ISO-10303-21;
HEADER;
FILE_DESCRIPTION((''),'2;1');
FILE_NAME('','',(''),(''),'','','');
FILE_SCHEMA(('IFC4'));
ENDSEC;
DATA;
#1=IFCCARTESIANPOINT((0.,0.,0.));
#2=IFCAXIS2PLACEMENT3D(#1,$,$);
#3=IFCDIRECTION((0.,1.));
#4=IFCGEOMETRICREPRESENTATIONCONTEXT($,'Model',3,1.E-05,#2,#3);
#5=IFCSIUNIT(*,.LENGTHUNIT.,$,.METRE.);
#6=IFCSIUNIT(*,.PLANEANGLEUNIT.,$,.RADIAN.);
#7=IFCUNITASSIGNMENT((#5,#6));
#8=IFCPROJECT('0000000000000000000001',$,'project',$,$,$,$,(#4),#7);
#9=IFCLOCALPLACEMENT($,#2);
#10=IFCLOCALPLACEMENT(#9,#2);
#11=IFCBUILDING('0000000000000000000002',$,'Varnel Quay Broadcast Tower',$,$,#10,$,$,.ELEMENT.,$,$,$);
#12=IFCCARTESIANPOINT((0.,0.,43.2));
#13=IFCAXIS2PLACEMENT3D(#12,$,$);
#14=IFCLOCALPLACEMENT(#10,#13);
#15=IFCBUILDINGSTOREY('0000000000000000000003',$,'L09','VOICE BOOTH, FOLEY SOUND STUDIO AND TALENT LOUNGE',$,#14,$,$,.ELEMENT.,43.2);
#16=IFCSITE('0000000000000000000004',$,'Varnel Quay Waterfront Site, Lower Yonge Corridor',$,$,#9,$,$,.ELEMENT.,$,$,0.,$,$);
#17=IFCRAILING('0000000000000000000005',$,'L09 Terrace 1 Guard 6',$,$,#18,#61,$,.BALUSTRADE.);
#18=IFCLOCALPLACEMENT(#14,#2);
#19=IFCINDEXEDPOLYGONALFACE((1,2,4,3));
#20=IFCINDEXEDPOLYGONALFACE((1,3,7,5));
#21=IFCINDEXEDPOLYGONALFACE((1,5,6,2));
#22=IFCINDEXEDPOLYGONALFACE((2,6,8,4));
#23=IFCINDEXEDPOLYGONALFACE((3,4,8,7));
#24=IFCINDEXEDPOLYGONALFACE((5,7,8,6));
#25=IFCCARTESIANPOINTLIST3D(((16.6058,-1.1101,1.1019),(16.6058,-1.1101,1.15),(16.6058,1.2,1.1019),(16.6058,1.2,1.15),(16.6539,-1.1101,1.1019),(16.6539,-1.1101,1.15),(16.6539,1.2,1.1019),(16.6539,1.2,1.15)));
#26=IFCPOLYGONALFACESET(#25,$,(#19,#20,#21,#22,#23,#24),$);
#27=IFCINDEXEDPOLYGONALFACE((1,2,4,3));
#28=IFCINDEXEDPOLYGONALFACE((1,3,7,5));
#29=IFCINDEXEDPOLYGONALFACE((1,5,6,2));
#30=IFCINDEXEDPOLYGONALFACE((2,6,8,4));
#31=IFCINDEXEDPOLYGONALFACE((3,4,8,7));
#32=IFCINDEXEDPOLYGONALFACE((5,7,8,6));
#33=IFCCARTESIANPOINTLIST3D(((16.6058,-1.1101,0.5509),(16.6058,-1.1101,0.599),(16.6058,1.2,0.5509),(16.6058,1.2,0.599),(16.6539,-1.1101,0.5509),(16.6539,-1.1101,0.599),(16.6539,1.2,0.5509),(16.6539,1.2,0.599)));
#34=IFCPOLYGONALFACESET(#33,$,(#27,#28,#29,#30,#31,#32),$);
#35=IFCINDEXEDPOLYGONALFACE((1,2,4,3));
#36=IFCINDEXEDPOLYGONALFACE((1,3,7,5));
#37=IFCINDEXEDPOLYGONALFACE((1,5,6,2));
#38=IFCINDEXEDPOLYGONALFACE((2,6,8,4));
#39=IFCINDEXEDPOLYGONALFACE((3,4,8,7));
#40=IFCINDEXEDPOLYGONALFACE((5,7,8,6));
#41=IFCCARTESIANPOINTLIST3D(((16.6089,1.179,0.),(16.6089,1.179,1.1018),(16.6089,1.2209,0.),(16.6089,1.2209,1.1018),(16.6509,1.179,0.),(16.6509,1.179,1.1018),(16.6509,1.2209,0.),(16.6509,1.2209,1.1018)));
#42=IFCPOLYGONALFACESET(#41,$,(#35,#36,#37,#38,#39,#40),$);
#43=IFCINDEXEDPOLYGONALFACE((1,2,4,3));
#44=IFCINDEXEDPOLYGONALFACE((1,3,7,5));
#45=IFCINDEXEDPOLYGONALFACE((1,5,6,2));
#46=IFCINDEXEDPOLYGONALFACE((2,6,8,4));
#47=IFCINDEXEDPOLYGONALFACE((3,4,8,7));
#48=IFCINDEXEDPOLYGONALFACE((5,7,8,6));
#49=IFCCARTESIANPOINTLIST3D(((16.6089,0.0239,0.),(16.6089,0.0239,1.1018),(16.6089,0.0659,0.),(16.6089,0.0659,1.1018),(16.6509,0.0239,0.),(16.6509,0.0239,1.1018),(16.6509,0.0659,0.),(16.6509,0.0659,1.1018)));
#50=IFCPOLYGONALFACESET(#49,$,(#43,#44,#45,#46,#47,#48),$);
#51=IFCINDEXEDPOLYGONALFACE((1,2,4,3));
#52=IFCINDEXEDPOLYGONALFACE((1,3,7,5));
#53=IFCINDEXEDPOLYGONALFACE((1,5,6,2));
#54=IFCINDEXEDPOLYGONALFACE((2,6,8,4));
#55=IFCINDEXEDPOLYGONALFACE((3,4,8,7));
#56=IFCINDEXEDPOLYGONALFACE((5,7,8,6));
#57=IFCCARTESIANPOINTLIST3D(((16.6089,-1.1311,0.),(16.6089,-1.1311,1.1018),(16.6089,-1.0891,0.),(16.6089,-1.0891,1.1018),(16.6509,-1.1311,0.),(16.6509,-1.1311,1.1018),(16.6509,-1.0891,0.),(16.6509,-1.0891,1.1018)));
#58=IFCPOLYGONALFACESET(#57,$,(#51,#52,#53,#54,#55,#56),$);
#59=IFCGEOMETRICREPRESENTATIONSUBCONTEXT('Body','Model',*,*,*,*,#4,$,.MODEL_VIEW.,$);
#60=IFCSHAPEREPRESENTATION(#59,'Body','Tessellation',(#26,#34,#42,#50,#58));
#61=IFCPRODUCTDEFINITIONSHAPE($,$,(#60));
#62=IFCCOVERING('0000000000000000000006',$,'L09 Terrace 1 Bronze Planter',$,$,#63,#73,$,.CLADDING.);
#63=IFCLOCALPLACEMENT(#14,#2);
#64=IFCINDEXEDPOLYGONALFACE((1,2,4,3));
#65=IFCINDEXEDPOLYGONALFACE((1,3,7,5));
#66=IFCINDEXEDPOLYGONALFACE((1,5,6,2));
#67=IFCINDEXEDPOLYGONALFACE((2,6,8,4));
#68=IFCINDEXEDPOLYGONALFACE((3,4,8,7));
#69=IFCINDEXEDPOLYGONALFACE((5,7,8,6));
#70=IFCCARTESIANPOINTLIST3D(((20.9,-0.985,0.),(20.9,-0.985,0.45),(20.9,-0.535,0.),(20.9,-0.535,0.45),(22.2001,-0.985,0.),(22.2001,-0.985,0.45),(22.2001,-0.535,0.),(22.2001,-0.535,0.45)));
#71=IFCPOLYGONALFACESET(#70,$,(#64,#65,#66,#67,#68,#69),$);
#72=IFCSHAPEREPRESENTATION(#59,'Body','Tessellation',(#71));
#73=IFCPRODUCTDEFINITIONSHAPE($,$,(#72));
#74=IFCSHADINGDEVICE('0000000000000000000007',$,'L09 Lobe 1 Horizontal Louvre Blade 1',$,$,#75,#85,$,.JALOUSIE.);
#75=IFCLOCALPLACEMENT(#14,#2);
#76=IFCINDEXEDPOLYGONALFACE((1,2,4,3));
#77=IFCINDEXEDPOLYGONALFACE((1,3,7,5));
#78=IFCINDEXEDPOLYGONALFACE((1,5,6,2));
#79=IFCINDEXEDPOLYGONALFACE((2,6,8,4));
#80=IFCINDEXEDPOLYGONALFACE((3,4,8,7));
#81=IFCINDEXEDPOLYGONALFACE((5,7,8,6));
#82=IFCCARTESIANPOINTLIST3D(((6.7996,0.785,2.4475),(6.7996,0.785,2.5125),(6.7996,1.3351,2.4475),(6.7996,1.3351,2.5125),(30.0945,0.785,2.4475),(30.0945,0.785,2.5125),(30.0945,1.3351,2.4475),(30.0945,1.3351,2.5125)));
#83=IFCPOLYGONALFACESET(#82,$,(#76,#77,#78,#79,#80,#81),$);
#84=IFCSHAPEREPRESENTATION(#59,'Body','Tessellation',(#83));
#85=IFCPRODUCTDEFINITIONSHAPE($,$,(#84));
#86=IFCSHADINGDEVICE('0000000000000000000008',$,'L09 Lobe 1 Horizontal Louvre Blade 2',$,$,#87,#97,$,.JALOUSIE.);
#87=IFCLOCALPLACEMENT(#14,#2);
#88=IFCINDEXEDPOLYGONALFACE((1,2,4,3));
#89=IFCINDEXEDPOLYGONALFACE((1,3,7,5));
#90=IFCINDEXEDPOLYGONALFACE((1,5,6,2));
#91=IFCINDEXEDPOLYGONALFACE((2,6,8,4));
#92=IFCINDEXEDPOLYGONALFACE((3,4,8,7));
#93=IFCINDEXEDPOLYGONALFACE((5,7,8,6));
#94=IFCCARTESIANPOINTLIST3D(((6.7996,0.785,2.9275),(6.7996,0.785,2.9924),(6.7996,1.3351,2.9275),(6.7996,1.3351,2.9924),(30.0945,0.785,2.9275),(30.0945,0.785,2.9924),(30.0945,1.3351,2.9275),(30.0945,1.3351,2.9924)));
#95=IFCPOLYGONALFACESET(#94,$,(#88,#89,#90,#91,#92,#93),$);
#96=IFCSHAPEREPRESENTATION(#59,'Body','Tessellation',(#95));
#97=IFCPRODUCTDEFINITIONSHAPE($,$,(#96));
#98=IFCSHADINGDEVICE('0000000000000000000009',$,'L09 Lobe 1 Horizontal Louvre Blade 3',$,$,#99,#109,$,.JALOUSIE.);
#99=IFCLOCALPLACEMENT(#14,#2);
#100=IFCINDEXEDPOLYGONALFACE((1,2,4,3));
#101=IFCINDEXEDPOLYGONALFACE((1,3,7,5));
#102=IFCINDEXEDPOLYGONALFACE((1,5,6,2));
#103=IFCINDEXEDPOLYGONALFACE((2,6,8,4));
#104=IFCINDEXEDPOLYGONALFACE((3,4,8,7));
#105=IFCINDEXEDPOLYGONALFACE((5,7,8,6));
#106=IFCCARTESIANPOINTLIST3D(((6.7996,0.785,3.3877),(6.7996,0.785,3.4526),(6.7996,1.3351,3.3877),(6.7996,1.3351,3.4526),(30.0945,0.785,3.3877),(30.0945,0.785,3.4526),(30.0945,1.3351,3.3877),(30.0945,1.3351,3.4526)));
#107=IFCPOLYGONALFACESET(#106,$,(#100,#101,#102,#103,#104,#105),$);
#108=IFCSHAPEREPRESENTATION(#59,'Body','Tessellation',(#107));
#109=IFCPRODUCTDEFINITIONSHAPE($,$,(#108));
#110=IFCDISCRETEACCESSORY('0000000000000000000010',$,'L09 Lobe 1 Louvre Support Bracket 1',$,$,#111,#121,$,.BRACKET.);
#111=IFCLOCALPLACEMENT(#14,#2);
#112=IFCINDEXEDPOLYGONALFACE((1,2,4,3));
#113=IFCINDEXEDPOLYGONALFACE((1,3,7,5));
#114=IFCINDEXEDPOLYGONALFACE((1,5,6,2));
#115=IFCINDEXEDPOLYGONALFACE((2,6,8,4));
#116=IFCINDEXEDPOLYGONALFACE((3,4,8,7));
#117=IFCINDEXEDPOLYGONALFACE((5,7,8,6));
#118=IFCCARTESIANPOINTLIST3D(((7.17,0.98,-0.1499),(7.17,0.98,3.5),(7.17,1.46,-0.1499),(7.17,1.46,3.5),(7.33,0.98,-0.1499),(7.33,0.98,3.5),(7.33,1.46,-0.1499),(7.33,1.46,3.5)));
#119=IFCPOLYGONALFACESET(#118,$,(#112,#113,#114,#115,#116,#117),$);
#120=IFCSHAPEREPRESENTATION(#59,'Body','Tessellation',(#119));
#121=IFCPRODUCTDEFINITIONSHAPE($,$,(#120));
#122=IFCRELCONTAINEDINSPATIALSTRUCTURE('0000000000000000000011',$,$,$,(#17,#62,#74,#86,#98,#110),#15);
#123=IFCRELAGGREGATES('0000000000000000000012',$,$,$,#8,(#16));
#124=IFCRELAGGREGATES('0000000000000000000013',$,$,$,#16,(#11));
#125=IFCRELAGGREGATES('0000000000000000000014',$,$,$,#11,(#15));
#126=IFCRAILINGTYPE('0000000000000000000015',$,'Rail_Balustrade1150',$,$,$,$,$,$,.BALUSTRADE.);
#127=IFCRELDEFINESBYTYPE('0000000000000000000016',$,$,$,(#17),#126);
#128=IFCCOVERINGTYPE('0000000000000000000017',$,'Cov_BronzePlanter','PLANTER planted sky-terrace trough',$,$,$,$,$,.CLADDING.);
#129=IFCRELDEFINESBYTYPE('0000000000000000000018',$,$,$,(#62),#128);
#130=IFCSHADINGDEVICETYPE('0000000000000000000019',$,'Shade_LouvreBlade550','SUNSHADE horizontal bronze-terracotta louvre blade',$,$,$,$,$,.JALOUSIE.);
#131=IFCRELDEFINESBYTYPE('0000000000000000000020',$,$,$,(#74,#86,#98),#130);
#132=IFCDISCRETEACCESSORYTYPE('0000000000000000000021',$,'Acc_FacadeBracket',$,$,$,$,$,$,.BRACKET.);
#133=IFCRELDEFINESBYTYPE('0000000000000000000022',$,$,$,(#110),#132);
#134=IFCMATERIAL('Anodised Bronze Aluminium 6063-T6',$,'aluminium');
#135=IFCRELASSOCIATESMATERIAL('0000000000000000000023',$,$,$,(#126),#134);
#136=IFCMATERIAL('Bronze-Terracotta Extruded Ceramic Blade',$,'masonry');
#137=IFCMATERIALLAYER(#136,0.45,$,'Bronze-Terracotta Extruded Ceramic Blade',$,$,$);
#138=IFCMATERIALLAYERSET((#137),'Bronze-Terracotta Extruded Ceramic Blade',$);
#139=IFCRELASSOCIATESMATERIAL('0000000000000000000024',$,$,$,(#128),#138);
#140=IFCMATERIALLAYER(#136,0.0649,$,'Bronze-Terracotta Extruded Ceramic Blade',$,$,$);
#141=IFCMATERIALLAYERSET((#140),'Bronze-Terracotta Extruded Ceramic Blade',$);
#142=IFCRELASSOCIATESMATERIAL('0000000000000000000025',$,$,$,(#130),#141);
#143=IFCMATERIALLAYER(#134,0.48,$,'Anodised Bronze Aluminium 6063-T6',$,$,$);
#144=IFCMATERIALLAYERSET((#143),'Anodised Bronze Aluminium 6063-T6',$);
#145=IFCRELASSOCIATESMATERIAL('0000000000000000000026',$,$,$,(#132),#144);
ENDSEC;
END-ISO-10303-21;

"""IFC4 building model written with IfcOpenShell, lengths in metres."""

from ifc_helpers import new_model, si_unit, direction, frame, origin, origin_2d, place, context, subcontext, project, spatial, rectangle, extrude, source, transform, mapped, material, layer, layer_set, type_object, type_shapes, element, save


model = new_model("IFC4")

# Units and contexts
model_context = context("Model", 3, precision=1e-05, world=origin(), true_north=direction((0.0, 1.0)))
body_context = subcontext(model_context, "Body", "Model", "MODEL_VIEW")
ifc_project = project(units=[si_unit("LENGTHUNIT", "METRE"), si_unit("PLANEANGLEUNIT", "RADIAN")], contexts=[model_context])

# Site, building, storey
site_placement = place(None, origin())
site = spatial("IfcSite", under=ifc_project, at=site_placement, Name="Varnel Quay Waterfront Site, Lower Yonge Corridor", CompositionType="ELEMENT", RefElevation=0.0)
building_placement = place(site_placement, origin())
building = spatial("IfcBuilding", under=site, at=building_placement, Name="Varnel Quay Broadcast Tower", CompositionType="ELEMENT")
storey_placement = place(building_placement, frame((0.0, 0.0, 43.2)))
storey = spatial("IfcBuildingStorey", under=building, at=storey_placement, Name="L09", Description="VOICE BOOTH, FOLEY SOUND STUDIO AND TALENT LOUNGE", CompositionType="ELEMENT", Elevation=43.2)

# Shared definitions
ifc_material_1 = material(Name="Anodised Bronze Aluminium 6063-T6", Category="aluminium")

# Railing
railing_type = type_object("IfcRailingType", Name="Rail_Balustrade1150", PredefinedType="BALUSTRADE", material=ifc_material_1)
railing_1_placement = place(storey_placement, frame((16.6299, 1.2, 0.0)))
element("IfcRailing", 1, at=railing_1_placement, inside=storey, type_object=railing_type, Name="L09 Terrace 1 Guard 6", PredefinedType="BALUSTRADE", context=body_context, shape_type="SweptSolid", body=[
    extrude(rectangle(XDim=0.0481, YDim=0.0481, at=origin_2d()), frame((0.0, 0.0, 1.126), z_axis=(0.0, -1.0, 0.0), x_axis=(1.0, 0.0, 0.0)), (0.0, 0.0, 1.0), 2.3101),
    extrude(rectangle(XDim=0.0481, YDim=0.0481, at=origin_2d()), frame((0.0, 0.0, 0.575), z_axis=(0.0, -1.0, 0.0), x_axis=(1.0, 0.0, 0.0)), (0.0, 0.0, 1.0), 2.3101),
    extrude(rectangle(XDim=0.042, YDim=0.042, at=origin_2d()), origin(), (0.0, 0.0, 1.0), 1.1018),
    extrude(rectangle(XDim=0.042, YDim=0.042, at=origin_2d()), frame((0.0, -1.155, 0.0)), (0.0, 0.0, 1.0), 1.1018),
    extrude(rectangle(XDim=0.042, YDim=0.042, at=origin_2d()), frame((0.0, -2.3101, 0.0)), (0.0, 0.0, 1.0), 1.1018),
])

# Covering
ifc_material_2 = material(Name="Bronze-Terracotta Extruded Ceramic Blade", Category="masonry")
ifc_layer_1 = layer(ifc_material_2, 0.45, Name="Bronze-Terracotta Extruded Ceramic Blade")
ifc_layer_set_1 = layer_set([ifc_layer_1], Name="Bronze-Terracotta Extruded Ceramic Blade")
covering_type = type_object("IfcCoveringType", Name="Cov_BronzePlanter", Description="PLANTER planted sky-terrace trough", PredefinedType="CLADDING", material=ifc_layer_set_1)
shared_shape_1 = source(origin(), body_context, "Body", "SweptSolid", [
    extrude(rectangle(XDim=1.3, YDim=0.45, at=origin_2d()), origin(), (0.0, 0.0, 1.0), 0.45),
])
type_shapes(covering_type, [shared_shape_1])
covering_placement = place(storey_placement, frame((21.55, -0.76, 0.0), z_axis=(0.0, 0.0, 1.0), x_axis=(1.0, 0.0, 0.0)))
element("IfcCovering", 2, at=covering_placement, inside=storey, type_object=covering_type, Name="L09 Terrace 1 Bronze Planter", PredefinedType="CLADDING", context=body_context, shape_type="MappedRepresentation", body=[
    mapped(shared_shape_1, transform((0.0, 0.0, 0.0), x_axis=(1.0, 0.0, 0.0), y_axis=(0.0, 1.0, 0.0), z_axis=(0.0, 0.0, 1.0), scale=1.0)),
])

# Shading devices
ifc_layer_2 = layer(ifc_material_2, 0.0649, Name="Bronze-Terracotta Extruded Ceramic Blade")
ifc_layer_set_2 = layer_set([ifc_layer_2], Name="Bronze-Terracotta Extruded Ceramic Blade")
shading_device_type = type_object("IfcShadingDeviceType", Name="Shade_LouvreBlade550", Description="SUNSHADE horizontal bronze-terracotta louvre blade", PredefinedType="JALOUSIE", material=ifc_layer_set_2)
shared_shape_2 = source(origin(), body_context, "Body", "SweptSolid", [
    extrude(rectangle(XDim=23.2949, YDim=0.55, at=origin_2d()), origin(), (0.0, 0.0, 1.0), 0.0649),
])
type_shapes(shading_device_type, [shared_shape_2])
for number, where, z_axis, x_axis, name in (
    (3, (18.447, 1.0601, 2.4475), (0.0, 0.0, 1.0), (1.0, 0.0, 0.0), "L09 Lobe 1 Horizontal Louvre Blade 1"),
    (4, (18.447, 1.0601, 2.9275), (0.0, 0.0, 1.0), (1.0, 0.0, 0.0), "L09 Lobe 1 Horizontal Louvre Blade 2"),
    (5, (18.447, 1.0601, 3.3877), (0.0, 0.0, 1.0), (1.0, 0.0, 0.0), "L09 Lobe 1 Horizontal Louvre Blade 3"),
):
    element("IfcShadingDevice", number, at=place(storey_placement, frame(where, z_axis=z_axis, x_axis=x_axis)), inside=storey, type_object=shading_device_type, Name=name, PredefinedType="JALOUSIE", context=body_context, shape_type="MappedRepresentation", body=[
        mapped(shared_shape_2, transform((0.0, 0.0, 0.0), x_axis=(1.0, 0.0, 0.0), y_axis=(0.0, 1.0, 0.0), z_axis=(0.0, 0.0, 1.0), scale=1.0)),
    ])

# Discrete accessory
ifc_layer_3 = layer(ifc_material_1, 0.48, Name="Anodised Bronze Aluminium 6063-T6")
ifc_layer_set_3 = layer_set([ifc_layer_3], Name="Anodised Bronze Aluminium 6063-T6")
discrete_accessory_type = type_object("IfcDiscreteAccessoryType", Name="Acc_FacadeBracket", PredefinedType="BRACKET", material=ifc_layer_set_3)
shared_shape_3 = source(origin(), body_context, "Body", "SweptSolid", [
    extrude(rectangle(XDim=0.1599, YDim=0.48, at=origin_2d()), origin(), (0.0, 0.0, 1.0), 3.6499),
])
type_shapes(discrete_accessory_type, [shared_shape_3])
discrete_accessory_placement = place(storey_placement, frame((7.25, 1.22, -0.1499), z_axis=(0.0, 0.0, 1.0), x_axis=(1.0, 0.0, 0.0)))
element("IfcDiscreteAccessory", 6, at=discrete_accessory_placement, inside=storey, type_object=discrete_accessory_type, Name="L09 Lobe 1 Louvre Support Bracket 1", PredefinedType="BRACKET", context=body_context, shape_type="MappedRepresentation", body=[
    mapped(shared_shape_3, transform((0.0, 0.0, 0.0), x_axis=(1.0, 0.0, 0.0), y_axis=(0.0, 1.0, 0.0), z_axis=(0.0, 0.0, 1.0), scale=1.0)),
])

save(model, "model.ifc")
